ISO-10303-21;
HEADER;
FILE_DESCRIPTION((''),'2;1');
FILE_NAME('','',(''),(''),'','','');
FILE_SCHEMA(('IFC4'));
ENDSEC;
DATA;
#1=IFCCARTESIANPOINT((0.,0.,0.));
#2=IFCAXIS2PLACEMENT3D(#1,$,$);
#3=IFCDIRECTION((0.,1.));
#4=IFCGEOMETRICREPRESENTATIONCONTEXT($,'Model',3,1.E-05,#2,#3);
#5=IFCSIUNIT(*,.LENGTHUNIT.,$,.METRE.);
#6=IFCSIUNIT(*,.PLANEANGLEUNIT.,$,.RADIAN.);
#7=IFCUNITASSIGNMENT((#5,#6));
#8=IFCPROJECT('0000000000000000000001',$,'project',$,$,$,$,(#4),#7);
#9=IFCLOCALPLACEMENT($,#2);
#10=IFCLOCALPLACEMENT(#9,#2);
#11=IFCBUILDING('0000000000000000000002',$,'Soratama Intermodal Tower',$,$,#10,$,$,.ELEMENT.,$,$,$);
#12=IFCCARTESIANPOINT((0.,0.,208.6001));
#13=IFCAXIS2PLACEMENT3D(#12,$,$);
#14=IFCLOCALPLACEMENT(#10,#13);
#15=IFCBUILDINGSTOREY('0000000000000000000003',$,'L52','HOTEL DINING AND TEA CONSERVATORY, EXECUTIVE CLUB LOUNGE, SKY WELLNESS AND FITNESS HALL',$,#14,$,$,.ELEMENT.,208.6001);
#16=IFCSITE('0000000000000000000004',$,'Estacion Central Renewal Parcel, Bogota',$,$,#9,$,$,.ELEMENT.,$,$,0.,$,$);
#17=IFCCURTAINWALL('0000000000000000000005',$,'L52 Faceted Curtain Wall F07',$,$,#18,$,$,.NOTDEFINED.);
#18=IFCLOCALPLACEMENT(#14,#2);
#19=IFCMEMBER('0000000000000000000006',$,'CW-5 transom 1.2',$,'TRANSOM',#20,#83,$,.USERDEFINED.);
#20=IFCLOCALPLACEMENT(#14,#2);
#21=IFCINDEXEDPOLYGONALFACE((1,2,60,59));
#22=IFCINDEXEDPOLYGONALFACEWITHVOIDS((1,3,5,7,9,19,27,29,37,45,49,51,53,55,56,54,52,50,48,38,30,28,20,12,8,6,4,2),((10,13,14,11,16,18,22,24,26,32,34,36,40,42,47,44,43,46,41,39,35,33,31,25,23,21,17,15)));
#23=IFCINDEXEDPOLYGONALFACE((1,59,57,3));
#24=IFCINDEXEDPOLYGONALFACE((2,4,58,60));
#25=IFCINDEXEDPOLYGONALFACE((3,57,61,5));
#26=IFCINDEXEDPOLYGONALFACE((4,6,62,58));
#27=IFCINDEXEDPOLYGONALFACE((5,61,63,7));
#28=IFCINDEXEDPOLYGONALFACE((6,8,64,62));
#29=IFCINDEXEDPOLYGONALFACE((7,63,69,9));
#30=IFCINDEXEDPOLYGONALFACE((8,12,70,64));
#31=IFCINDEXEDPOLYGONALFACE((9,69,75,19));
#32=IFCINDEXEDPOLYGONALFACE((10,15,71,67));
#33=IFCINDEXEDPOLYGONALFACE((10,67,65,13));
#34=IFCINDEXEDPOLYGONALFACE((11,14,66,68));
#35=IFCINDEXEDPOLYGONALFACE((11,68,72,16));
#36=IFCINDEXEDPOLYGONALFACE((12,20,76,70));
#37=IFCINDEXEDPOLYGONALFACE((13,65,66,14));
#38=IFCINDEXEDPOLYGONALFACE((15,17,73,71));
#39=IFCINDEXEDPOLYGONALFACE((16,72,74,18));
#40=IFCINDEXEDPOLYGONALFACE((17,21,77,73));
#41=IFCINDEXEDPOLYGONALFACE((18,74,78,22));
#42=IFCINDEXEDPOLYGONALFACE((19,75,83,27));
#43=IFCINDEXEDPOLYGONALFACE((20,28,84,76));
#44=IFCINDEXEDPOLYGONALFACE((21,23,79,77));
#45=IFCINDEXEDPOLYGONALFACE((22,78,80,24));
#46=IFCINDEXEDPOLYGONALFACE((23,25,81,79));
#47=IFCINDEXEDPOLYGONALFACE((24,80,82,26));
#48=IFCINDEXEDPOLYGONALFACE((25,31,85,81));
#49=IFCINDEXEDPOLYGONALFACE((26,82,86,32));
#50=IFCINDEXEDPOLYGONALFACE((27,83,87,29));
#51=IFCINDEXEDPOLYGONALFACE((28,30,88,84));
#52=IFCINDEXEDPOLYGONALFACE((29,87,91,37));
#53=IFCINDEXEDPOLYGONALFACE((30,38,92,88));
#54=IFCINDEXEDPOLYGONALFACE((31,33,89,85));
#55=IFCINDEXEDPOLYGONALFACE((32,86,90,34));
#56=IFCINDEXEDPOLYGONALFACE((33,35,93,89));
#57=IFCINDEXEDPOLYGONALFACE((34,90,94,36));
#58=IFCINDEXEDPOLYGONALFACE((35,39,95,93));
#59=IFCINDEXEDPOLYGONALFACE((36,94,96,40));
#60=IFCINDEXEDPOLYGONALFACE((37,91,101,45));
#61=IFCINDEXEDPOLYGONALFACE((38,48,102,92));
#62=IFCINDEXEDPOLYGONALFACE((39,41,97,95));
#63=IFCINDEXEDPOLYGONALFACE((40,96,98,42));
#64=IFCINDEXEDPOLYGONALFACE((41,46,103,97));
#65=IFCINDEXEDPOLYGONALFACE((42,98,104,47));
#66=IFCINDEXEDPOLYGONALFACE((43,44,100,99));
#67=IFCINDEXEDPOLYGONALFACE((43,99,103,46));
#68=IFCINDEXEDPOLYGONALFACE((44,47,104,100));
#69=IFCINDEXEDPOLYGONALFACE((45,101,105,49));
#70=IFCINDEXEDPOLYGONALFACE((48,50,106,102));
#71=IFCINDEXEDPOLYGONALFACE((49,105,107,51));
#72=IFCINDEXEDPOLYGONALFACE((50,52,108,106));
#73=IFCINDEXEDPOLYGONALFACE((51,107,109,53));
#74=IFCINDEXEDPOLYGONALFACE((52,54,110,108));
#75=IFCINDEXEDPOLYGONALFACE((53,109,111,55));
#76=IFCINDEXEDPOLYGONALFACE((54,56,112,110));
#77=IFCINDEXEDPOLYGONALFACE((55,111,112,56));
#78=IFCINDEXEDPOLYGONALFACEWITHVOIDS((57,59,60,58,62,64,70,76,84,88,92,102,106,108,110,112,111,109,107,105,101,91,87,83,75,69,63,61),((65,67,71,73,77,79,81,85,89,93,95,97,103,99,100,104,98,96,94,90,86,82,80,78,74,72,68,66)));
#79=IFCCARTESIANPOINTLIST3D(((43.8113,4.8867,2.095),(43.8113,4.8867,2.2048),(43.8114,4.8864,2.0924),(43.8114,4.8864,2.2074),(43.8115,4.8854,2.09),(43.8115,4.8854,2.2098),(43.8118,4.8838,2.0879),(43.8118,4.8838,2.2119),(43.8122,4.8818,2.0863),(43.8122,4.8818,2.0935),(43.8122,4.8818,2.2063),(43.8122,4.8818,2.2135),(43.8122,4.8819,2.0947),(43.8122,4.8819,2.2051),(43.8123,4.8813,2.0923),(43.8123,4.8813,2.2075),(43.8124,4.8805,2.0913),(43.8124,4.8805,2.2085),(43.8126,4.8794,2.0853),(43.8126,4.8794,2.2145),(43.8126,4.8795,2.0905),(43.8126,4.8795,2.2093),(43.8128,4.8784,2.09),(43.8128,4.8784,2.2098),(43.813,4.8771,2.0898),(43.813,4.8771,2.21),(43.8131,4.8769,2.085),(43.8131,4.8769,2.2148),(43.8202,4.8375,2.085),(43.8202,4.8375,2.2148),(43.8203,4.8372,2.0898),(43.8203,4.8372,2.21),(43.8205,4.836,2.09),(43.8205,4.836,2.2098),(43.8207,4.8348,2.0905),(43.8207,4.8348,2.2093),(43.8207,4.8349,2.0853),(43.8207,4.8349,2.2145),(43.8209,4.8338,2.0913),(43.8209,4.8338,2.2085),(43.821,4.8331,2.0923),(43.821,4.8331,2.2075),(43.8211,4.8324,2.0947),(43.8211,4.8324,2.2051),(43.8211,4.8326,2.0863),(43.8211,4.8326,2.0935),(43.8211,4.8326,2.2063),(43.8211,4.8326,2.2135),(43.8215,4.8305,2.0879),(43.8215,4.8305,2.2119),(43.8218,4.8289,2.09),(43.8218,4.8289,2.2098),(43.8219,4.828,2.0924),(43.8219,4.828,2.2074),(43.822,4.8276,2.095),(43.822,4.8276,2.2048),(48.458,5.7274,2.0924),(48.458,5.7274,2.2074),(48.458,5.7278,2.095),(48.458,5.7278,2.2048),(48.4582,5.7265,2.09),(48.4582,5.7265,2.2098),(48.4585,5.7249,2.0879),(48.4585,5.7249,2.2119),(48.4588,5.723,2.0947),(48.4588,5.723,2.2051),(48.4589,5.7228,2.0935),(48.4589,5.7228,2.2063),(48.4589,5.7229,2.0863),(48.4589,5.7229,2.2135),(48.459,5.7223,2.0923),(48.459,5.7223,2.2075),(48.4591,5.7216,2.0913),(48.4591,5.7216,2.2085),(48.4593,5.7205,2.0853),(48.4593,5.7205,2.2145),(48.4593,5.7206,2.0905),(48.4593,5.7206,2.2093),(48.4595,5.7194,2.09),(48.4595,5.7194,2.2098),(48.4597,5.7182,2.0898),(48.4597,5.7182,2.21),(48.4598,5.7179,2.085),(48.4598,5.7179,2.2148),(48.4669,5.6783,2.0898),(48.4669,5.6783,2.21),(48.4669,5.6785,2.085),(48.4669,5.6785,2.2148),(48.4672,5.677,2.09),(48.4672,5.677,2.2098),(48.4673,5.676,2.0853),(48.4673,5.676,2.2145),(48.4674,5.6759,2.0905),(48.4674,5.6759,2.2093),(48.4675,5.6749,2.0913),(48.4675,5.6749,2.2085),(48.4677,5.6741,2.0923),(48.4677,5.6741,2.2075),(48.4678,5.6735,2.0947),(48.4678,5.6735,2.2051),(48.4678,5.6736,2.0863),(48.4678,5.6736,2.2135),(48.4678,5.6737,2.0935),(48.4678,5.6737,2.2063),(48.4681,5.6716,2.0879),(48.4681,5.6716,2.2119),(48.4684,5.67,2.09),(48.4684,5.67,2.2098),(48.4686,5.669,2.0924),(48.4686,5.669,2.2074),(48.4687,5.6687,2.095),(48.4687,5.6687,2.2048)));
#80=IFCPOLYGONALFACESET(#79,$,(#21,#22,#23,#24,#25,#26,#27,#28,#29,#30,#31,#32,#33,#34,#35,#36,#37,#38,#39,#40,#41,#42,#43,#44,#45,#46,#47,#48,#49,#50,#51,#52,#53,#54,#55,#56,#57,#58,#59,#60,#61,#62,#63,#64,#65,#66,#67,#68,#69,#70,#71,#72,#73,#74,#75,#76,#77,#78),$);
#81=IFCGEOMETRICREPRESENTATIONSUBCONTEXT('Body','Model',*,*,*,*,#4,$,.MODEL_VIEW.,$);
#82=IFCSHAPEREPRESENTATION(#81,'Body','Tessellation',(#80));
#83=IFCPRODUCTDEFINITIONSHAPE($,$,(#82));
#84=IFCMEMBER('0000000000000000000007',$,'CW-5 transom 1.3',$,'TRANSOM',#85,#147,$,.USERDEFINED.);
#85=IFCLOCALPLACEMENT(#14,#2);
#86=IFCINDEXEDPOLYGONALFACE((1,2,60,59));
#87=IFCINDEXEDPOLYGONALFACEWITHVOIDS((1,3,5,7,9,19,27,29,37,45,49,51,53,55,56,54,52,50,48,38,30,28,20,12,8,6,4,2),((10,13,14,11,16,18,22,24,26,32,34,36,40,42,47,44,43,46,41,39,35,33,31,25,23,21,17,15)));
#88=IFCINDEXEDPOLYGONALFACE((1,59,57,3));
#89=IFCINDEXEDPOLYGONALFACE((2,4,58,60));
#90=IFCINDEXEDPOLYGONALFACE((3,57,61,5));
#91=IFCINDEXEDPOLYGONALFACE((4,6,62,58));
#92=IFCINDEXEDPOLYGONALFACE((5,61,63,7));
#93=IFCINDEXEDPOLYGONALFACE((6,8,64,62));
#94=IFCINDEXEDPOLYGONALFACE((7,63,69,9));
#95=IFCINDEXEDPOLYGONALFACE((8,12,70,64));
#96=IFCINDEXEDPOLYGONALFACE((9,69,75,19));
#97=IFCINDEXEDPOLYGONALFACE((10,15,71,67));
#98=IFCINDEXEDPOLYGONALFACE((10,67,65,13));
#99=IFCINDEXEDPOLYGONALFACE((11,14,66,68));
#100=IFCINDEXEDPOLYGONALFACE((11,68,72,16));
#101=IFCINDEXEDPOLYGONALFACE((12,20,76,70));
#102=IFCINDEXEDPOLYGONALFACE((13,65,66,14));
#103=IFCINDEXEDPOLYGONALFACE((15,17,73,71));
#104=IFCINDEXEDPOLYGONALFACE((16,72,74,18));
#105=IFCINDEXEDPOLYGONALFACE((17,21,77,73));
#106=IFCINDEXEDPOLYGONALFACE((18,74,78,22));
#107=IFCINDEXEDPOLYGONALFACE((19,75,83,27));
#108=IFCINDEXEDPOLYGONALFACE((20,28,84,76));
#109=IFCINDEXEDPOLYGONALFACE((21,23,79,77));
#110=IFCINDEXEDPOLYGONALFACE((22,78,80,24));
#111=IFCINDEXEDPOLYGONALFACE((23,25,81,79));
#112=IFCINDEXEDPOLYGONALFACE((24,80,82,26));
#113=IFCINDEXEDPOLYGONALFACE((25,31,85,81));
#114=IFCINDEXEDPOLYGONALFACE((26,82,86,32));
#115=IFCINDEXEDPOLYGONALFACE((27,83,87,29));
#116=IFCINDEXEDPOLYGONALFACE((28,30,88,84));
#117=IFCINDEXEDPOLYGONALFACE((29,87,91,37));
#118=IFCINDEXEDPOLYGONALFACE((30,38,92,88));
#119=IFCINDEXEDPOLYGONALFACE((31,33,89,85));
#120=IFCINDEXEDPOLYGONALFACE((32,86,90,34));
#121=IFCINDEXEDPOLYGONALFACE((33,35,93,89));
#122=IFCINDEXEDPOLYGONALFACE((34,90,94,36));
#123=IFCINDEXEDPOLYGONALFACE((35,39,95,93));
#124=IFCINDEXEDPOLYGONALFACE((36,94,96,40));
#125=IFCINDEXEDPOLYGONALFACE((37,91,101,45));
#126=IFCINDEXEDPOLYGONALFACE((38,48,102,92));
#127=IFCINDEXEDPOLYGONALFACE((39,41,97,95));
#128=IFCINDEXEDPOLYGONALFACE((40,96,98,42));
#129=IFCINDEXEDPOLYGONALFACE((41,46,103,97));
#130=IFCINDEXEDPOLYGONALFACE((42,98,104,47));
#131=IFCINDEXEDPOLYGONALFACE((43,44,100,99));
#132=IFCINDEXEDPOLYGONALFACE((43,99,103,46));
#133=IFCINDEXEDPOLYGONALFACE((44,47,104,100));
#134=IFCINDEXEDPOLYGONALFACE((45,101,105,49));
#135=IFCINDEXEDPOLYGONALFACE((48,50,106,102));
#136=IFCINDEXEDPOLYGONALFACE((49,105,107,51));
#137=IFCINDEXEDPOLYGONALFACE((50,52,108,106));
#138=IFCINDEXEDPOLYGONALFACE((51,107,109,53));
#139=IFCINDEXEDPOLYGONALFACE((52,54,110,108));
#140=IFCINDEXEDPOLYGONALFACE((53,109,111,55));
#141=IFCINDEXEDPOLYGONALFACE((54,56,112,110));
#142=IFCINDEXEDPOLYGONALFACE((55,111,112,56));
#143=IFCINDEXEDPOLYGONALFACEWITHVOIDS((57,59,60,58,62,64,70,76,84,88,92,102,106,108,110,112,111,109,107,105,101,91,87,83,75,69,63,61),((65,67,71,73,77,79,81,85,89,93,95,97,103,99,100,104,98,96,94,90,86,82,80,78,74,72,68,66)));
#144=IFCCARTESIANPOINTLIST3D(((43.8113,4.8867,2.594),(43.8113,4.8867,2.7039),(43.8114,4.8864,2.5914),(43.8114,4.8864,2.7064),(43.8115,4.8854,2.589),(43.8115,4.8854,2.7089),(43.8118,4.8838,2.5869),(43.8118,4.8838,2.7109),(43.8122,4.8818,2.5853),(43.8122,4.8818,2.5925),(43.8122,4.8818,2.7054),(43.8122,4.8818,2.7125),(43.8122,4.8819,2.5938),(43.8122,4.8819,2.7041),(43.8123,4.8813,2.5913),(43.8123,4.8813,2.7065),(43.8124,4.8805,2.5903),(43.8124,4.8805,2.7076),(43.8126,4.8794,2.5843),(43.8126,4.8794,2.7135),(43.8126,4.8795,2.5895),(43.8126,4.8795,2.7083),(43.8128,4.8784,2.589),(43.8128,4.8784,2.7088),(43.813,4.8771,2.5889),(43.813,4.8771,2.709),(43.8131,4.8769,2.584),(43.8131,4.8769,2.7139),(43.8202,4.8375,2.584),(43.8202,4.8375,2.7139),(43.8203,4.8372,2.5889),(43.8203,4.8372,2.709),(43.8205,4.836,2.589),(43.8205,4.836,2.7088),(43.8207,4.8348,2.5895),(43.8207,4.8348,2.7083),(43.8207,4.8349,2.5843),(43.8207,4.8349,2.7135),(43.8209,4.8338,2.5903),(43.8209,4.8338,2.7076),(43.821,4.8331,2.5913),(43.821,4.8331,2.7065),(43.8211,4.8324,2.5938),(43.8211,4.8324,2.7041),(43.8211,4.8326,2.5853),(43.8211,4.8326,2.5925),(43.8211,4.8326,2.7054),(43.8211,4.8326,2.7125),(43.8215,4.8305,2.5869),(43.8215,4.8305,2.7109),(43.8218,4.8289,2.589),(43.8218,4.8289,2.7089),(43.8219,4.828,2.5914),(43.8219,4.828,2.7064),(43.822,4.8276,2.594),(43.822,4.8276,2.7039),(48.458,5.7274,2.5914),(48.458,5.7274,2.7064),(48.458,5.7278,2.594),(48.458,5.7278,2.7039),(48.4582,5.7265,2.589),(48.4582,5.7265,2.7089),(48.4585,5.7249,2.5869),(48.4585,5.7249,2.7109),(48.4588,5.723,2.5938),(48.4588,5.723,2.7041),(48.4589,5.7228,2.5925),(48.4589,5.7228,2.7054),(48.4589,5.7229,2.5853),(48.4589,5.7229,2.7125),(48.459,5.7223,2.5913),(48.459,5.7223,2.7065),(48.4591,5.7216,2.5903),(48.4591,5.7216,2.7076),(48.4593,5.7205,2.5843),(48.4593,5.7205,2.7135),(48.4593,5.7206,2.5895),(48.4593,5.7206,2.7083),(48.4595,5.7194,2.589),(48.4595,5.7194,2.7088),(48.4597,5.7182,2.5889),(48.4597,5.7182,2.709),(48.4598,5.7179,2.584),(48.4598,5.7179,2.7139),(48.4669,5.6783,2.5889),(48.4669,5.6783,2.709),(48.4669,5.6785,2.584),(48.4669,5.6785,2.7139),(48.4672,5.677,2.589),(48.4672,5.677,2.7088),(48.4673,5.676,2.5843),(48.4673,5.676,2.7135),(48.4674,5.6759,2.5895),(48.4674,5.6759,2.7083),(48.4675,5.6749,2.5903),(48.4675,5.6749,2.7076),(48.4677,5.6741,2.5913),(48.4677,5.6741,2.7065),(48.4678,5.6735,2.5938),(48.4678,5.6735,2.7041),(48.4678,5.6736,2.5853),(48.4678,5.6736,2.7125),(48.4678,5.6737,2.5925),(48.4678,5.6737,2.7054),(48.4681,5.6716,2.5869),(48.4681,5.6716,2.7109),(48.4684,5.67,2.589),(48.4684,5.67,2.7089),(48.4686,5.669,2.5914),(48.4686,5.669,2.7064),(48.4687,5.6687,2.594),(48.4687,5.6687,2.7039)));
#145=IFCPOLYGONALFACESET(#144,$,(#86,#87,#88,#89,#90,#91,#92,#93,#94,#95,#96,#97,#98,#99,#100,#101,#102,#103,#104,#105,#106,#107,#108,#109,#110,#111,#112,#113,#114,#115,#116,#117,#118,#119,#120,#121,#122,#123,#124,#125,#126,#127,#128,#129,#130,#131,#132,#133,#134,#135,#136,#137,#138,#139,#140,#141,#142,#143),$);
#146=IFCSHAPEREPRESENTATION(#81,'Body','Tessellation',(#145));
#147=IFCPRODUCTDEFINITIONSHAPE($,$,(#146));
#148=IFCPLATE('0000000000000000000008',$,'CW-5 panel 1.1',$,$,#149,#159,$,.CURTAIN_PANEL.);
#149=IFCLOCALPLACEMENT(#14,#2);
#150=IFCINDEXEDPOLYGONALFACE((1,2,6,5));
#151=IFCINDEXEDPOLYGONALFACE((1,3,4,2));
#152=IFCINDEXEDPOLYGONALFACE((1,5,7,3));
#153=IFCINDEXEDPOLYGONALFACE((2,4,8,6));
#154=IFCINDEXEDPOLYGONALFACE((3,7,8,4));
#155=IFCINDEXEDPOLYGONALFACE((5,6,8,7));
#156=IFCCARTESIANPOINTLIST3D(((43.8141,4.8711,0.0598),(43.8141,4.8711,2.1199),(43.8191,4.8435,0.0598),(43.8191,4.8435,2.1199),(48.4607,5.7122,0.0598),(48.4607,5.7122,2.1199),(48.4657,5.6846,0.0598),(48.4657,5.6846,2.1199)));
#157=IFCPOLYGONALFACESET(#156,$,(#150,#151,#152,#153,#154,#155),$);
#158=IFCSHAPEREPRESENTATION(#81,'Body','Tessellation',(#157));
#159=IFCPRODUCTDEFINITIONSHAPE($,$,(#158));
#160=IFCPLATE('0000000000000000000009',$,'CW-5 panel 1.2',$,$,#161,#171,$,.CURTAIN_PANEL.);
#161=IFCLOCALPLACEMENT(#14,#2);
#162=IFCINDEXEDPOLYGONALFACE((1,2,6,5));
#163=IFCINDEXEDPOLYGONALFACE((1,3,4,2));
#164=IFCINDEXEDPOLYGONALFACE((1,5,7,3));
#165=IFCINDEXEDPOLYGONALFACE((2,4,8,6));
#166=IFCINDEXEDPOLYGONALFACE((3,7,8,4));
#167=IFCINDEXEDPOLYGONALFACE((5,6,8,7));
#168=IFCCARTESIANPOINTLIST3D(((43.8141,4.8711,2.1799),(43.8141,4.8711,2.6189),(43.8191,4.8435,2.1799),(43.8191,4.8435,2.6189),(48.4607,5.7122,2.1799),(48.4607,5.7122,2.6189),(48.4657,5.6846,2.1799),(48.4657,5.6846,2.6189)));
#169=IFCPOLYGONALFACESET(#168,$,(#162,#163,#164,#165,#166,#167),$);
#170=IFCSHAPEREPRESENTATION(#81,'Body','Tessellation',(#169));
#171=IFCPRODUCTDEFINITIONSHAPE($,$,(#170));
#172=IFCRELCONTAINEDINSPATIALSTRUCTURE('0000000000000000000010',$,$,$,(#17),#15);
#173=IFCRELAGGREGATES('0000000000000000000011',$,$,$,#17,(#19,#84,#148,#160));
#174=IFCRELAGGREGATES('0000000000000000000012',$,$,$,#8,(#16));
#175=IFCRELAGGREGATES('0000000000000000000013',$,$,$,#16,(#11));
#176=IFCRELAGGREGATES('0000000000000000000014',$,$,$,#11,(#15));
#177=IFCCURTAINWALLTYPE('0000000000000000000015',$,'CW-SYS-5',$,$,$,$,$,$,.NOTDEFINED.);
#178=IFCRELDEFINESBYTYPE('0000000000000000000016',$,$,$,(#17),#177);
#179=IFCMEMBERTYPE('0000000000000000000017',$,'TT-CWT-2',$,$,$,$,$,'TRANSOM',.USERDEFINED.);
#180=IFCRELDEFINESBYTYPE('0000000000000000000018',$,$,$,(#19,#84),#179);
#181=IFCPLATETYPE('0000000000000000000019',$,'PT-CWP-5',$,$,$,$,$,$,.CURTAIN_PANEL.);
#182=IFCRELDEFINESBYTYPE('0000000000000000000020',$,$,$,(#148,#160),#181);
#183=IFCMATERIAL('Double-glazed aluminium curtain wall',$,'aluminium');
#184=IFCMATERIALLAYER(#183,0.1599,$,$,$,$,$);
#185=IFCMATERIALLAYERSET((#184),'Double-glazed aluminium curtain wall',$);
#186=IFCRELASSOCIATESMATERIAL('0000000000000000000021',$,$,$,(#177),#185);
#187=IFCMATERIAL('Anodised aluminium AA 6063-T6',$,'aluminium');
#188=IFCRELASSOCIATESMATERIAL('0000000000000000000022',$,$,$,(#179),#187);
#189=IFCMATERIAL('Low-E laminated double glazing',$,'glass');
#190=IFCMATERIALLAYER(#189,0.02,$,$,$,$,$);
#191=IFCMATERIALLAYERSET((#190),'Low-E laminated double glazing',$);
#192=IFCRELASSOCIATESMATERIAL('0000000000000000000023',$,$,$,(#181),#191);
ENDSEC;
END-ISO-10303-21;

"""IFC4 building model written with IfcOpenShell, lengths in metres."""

from ifc_helpers import new_model, si_unit, direction, frame, origin, origin_2d, place, context, subcontext, project, spatial, rectangle, hollow_rectangle, extrude, material, layer, layer_set, material_profile, profile_set, type_object, element, aggregate, save


model = new_model("IFC4")

# Units and contexts
model_context = context("Model", 3, precision=1e-05, world=origin(), true_north=direction((0.0, 1.0)))
body_context = subcontext(model_context, "Body", "Model", "MODEL_VIEW")
ifc_project = project(units=[si_unit("LENGTHUNIT", "METRE"), si_unit("PLANEANGLEUNIT", "RADIAN")], contexts=[model_context])

# Site, building, storey
site_placement = place(None, origin())
site = spatial("IfcSite", under=ifc_project, at=site_placement, Name="Estacion Central Renewal Parcel, Bogota", CompositionType="ELEMENT", RefElevation=0.0)
building_placement = place(site_placement, origin())
building = spatial("IfcBuilding", under=site, at=building_placement, Name="Soratama Intermodal Tower", CompositionType="ELEMENT")
storey_placement = place(building_placement, frame((0.0, 0.0, 208.6001)))
storey = spatial("IfcBuildingStorey", under=building, at=storey_placement, Name="L52", Description="HOTEL DINING AND TEA CONSERVATORY, EXECUTIVE CLUB LOUNGE, SKY WELLNESS AND FITNESS HALL", CompositionType="ELEMENT", Elevation=208.6001)

# Shared definitions
ifc_material_1 = material(Name="Double-glazed aluminium curtain wall", Category="aluminium")
ifc_layer_1 = layer(ifc_material_1, 0.1599)
ifc_layer_set_1 = layer_set([ifc_layer_1], Name="Double-glazed aluminium curtain wall")
curtain_wall_type = type_object("IfcCurtainWallType", Name="CW-SYS-5", PredefinedType="NOTDEFINED", material=ifc_layer_set_1)

# Curtain wall, members, plates
curtain_wall_1_placement = place(storey_placement, origin())
curtain_wall_1 = element("IfcCurtainWall", 1, at=curtain_wall_1_placement, inside=storey, type_object=curtain_wall_type, Name="L52 Faceted Curtain Wall F07", PredefinedType="NOTDEFINED")
ifc_material_2 = material(Name="Anodised aluminium AA 6063-T6", Category="aluminium")
ifc_material_profile_1 = material_profile(ifc_material_2, hollow_rectangle(XDim=0.0601, YDim=0.1299, WallThickness=0.0049, InnerFilletRadius=0.0049, OuterFilletRadius=0.01, at=origin_2d()), Name="CWT130X60X5")
ifc_profile_set_1 = profile_set([ifc_material_profile_1], Name="Anodised aluminium AA 6063-T6")
member_type_1 = type_object("IfcMemberType", Name="TT-CWT-2", ElementType="TRANSOM", PredefinedType="USERDEFINED", material=ifc_profile_set_1)
member_1_placement = place(storey_placement, frame((43.8167, 4.8572, 2.1499), z_axis=(0.984011, 0.178107, 0.0), x_axis=(-0.178107, 0.984011, 0.0)))
member_1 = element("IfcMember", 2, at=member_1_placement, type_object=member_type_1, Name="CW-5 transom 1.2", ObjectType="TRANSOM", PredefinedType="USERDEFINED", context=body_context, shape_type="SweptSolid", body=[
    extrude(hollow_rectangle(XDim=0.0601, YDim=0.1299, WallThickness=0.0049, InnerFilletRadius=0.0049, OuterFilletRadius=0.01, at=origin_2d()), origin(), (0.0, 0.0, 1.0), 4.7222),
])
member_2_placement = place(storey_placement, frame((43.8167, 4.8572, 2.6489), z_axis=(0.984011, 0.178107, 0.0), x_axis=(-0.178107, 0.984011, 0.0)))
member_2 = element("IfcMember", 3, at=member_2_placement, type_object=member_type_1, Name="CW-5 transom 1.3", ObjectType="TRANSOM", PredefinedType="USERDEFINED", context=body_context, shape_type="SweptSolid", body=[
    extrude(hollow_rectangle(XDim=0.0601, YDim=0.1299, WallThickness=0.0049, InnerFilletRadius=0.0049, OuterFilletRadius=0.01, at=origin_2d()), origin(), (0.0, 0.0, 1.0), 4.7222),
])
ifc_material_3 = material(Name="Low-E laminated double glazing", Category="glass")
ifc_layer_2 = layer(ifc_material_3, 0.02)
ifc_layer_set_2 = layer_set([ifc_layer_2], Name="Low-E laminated double glazing")
plate_type = type_object("IfcPlateType", Name="PT-CWP-5", PredefinedType="CURTAIN_PANEL", material=ifc_layer_set_2)
plate_1_placement = place(storey_placement, frame((46.1399, 5.2778, 0.0598), z_axis=(0.0, 0.0, 1.0), x_axis=(0.98401, 0.178115, 0.0)))
plate_1 = element("IfcPlate", 4, at=plate_1_placement, type_object=plate_type, Name="CW-5 panel 1.1", PredefinedType="CURTAIN_PANEL", context=body_context, shape_type="SweptSolid", body=[
    extrude(rectangle(XDim=4.7222, YDim=0.0281, at=origin_2d()), origin(), (0.0, 0.0, 1.0), 2.0601),
])
plate_2_placement = place(storey_placement, frame((46.1399, 5.2778, 2.1799), z_axis=(0.0, 0.0, 1.0), x_axis=(0.98401, 0.178115, 0.0)))
plate_2 = element("IfcPlate", 5, at=plate_2_placement, type_object=plate_type, Name="CW-5 panel 1.2", PredefinedType="CURTAIN_PANEL", context=body_context, shape_type="SweptSolid", body=[
    extrude(rectangle(XDim=4.7222, YDim=0.0281, at=origin_2d()), origin(), (0.0, 0.0, 1.0), 0.439),
])
aggregate(curtain_wall_1, [member_1, member_2, plate_1, plate_2])

save(model, "model.ifc")
